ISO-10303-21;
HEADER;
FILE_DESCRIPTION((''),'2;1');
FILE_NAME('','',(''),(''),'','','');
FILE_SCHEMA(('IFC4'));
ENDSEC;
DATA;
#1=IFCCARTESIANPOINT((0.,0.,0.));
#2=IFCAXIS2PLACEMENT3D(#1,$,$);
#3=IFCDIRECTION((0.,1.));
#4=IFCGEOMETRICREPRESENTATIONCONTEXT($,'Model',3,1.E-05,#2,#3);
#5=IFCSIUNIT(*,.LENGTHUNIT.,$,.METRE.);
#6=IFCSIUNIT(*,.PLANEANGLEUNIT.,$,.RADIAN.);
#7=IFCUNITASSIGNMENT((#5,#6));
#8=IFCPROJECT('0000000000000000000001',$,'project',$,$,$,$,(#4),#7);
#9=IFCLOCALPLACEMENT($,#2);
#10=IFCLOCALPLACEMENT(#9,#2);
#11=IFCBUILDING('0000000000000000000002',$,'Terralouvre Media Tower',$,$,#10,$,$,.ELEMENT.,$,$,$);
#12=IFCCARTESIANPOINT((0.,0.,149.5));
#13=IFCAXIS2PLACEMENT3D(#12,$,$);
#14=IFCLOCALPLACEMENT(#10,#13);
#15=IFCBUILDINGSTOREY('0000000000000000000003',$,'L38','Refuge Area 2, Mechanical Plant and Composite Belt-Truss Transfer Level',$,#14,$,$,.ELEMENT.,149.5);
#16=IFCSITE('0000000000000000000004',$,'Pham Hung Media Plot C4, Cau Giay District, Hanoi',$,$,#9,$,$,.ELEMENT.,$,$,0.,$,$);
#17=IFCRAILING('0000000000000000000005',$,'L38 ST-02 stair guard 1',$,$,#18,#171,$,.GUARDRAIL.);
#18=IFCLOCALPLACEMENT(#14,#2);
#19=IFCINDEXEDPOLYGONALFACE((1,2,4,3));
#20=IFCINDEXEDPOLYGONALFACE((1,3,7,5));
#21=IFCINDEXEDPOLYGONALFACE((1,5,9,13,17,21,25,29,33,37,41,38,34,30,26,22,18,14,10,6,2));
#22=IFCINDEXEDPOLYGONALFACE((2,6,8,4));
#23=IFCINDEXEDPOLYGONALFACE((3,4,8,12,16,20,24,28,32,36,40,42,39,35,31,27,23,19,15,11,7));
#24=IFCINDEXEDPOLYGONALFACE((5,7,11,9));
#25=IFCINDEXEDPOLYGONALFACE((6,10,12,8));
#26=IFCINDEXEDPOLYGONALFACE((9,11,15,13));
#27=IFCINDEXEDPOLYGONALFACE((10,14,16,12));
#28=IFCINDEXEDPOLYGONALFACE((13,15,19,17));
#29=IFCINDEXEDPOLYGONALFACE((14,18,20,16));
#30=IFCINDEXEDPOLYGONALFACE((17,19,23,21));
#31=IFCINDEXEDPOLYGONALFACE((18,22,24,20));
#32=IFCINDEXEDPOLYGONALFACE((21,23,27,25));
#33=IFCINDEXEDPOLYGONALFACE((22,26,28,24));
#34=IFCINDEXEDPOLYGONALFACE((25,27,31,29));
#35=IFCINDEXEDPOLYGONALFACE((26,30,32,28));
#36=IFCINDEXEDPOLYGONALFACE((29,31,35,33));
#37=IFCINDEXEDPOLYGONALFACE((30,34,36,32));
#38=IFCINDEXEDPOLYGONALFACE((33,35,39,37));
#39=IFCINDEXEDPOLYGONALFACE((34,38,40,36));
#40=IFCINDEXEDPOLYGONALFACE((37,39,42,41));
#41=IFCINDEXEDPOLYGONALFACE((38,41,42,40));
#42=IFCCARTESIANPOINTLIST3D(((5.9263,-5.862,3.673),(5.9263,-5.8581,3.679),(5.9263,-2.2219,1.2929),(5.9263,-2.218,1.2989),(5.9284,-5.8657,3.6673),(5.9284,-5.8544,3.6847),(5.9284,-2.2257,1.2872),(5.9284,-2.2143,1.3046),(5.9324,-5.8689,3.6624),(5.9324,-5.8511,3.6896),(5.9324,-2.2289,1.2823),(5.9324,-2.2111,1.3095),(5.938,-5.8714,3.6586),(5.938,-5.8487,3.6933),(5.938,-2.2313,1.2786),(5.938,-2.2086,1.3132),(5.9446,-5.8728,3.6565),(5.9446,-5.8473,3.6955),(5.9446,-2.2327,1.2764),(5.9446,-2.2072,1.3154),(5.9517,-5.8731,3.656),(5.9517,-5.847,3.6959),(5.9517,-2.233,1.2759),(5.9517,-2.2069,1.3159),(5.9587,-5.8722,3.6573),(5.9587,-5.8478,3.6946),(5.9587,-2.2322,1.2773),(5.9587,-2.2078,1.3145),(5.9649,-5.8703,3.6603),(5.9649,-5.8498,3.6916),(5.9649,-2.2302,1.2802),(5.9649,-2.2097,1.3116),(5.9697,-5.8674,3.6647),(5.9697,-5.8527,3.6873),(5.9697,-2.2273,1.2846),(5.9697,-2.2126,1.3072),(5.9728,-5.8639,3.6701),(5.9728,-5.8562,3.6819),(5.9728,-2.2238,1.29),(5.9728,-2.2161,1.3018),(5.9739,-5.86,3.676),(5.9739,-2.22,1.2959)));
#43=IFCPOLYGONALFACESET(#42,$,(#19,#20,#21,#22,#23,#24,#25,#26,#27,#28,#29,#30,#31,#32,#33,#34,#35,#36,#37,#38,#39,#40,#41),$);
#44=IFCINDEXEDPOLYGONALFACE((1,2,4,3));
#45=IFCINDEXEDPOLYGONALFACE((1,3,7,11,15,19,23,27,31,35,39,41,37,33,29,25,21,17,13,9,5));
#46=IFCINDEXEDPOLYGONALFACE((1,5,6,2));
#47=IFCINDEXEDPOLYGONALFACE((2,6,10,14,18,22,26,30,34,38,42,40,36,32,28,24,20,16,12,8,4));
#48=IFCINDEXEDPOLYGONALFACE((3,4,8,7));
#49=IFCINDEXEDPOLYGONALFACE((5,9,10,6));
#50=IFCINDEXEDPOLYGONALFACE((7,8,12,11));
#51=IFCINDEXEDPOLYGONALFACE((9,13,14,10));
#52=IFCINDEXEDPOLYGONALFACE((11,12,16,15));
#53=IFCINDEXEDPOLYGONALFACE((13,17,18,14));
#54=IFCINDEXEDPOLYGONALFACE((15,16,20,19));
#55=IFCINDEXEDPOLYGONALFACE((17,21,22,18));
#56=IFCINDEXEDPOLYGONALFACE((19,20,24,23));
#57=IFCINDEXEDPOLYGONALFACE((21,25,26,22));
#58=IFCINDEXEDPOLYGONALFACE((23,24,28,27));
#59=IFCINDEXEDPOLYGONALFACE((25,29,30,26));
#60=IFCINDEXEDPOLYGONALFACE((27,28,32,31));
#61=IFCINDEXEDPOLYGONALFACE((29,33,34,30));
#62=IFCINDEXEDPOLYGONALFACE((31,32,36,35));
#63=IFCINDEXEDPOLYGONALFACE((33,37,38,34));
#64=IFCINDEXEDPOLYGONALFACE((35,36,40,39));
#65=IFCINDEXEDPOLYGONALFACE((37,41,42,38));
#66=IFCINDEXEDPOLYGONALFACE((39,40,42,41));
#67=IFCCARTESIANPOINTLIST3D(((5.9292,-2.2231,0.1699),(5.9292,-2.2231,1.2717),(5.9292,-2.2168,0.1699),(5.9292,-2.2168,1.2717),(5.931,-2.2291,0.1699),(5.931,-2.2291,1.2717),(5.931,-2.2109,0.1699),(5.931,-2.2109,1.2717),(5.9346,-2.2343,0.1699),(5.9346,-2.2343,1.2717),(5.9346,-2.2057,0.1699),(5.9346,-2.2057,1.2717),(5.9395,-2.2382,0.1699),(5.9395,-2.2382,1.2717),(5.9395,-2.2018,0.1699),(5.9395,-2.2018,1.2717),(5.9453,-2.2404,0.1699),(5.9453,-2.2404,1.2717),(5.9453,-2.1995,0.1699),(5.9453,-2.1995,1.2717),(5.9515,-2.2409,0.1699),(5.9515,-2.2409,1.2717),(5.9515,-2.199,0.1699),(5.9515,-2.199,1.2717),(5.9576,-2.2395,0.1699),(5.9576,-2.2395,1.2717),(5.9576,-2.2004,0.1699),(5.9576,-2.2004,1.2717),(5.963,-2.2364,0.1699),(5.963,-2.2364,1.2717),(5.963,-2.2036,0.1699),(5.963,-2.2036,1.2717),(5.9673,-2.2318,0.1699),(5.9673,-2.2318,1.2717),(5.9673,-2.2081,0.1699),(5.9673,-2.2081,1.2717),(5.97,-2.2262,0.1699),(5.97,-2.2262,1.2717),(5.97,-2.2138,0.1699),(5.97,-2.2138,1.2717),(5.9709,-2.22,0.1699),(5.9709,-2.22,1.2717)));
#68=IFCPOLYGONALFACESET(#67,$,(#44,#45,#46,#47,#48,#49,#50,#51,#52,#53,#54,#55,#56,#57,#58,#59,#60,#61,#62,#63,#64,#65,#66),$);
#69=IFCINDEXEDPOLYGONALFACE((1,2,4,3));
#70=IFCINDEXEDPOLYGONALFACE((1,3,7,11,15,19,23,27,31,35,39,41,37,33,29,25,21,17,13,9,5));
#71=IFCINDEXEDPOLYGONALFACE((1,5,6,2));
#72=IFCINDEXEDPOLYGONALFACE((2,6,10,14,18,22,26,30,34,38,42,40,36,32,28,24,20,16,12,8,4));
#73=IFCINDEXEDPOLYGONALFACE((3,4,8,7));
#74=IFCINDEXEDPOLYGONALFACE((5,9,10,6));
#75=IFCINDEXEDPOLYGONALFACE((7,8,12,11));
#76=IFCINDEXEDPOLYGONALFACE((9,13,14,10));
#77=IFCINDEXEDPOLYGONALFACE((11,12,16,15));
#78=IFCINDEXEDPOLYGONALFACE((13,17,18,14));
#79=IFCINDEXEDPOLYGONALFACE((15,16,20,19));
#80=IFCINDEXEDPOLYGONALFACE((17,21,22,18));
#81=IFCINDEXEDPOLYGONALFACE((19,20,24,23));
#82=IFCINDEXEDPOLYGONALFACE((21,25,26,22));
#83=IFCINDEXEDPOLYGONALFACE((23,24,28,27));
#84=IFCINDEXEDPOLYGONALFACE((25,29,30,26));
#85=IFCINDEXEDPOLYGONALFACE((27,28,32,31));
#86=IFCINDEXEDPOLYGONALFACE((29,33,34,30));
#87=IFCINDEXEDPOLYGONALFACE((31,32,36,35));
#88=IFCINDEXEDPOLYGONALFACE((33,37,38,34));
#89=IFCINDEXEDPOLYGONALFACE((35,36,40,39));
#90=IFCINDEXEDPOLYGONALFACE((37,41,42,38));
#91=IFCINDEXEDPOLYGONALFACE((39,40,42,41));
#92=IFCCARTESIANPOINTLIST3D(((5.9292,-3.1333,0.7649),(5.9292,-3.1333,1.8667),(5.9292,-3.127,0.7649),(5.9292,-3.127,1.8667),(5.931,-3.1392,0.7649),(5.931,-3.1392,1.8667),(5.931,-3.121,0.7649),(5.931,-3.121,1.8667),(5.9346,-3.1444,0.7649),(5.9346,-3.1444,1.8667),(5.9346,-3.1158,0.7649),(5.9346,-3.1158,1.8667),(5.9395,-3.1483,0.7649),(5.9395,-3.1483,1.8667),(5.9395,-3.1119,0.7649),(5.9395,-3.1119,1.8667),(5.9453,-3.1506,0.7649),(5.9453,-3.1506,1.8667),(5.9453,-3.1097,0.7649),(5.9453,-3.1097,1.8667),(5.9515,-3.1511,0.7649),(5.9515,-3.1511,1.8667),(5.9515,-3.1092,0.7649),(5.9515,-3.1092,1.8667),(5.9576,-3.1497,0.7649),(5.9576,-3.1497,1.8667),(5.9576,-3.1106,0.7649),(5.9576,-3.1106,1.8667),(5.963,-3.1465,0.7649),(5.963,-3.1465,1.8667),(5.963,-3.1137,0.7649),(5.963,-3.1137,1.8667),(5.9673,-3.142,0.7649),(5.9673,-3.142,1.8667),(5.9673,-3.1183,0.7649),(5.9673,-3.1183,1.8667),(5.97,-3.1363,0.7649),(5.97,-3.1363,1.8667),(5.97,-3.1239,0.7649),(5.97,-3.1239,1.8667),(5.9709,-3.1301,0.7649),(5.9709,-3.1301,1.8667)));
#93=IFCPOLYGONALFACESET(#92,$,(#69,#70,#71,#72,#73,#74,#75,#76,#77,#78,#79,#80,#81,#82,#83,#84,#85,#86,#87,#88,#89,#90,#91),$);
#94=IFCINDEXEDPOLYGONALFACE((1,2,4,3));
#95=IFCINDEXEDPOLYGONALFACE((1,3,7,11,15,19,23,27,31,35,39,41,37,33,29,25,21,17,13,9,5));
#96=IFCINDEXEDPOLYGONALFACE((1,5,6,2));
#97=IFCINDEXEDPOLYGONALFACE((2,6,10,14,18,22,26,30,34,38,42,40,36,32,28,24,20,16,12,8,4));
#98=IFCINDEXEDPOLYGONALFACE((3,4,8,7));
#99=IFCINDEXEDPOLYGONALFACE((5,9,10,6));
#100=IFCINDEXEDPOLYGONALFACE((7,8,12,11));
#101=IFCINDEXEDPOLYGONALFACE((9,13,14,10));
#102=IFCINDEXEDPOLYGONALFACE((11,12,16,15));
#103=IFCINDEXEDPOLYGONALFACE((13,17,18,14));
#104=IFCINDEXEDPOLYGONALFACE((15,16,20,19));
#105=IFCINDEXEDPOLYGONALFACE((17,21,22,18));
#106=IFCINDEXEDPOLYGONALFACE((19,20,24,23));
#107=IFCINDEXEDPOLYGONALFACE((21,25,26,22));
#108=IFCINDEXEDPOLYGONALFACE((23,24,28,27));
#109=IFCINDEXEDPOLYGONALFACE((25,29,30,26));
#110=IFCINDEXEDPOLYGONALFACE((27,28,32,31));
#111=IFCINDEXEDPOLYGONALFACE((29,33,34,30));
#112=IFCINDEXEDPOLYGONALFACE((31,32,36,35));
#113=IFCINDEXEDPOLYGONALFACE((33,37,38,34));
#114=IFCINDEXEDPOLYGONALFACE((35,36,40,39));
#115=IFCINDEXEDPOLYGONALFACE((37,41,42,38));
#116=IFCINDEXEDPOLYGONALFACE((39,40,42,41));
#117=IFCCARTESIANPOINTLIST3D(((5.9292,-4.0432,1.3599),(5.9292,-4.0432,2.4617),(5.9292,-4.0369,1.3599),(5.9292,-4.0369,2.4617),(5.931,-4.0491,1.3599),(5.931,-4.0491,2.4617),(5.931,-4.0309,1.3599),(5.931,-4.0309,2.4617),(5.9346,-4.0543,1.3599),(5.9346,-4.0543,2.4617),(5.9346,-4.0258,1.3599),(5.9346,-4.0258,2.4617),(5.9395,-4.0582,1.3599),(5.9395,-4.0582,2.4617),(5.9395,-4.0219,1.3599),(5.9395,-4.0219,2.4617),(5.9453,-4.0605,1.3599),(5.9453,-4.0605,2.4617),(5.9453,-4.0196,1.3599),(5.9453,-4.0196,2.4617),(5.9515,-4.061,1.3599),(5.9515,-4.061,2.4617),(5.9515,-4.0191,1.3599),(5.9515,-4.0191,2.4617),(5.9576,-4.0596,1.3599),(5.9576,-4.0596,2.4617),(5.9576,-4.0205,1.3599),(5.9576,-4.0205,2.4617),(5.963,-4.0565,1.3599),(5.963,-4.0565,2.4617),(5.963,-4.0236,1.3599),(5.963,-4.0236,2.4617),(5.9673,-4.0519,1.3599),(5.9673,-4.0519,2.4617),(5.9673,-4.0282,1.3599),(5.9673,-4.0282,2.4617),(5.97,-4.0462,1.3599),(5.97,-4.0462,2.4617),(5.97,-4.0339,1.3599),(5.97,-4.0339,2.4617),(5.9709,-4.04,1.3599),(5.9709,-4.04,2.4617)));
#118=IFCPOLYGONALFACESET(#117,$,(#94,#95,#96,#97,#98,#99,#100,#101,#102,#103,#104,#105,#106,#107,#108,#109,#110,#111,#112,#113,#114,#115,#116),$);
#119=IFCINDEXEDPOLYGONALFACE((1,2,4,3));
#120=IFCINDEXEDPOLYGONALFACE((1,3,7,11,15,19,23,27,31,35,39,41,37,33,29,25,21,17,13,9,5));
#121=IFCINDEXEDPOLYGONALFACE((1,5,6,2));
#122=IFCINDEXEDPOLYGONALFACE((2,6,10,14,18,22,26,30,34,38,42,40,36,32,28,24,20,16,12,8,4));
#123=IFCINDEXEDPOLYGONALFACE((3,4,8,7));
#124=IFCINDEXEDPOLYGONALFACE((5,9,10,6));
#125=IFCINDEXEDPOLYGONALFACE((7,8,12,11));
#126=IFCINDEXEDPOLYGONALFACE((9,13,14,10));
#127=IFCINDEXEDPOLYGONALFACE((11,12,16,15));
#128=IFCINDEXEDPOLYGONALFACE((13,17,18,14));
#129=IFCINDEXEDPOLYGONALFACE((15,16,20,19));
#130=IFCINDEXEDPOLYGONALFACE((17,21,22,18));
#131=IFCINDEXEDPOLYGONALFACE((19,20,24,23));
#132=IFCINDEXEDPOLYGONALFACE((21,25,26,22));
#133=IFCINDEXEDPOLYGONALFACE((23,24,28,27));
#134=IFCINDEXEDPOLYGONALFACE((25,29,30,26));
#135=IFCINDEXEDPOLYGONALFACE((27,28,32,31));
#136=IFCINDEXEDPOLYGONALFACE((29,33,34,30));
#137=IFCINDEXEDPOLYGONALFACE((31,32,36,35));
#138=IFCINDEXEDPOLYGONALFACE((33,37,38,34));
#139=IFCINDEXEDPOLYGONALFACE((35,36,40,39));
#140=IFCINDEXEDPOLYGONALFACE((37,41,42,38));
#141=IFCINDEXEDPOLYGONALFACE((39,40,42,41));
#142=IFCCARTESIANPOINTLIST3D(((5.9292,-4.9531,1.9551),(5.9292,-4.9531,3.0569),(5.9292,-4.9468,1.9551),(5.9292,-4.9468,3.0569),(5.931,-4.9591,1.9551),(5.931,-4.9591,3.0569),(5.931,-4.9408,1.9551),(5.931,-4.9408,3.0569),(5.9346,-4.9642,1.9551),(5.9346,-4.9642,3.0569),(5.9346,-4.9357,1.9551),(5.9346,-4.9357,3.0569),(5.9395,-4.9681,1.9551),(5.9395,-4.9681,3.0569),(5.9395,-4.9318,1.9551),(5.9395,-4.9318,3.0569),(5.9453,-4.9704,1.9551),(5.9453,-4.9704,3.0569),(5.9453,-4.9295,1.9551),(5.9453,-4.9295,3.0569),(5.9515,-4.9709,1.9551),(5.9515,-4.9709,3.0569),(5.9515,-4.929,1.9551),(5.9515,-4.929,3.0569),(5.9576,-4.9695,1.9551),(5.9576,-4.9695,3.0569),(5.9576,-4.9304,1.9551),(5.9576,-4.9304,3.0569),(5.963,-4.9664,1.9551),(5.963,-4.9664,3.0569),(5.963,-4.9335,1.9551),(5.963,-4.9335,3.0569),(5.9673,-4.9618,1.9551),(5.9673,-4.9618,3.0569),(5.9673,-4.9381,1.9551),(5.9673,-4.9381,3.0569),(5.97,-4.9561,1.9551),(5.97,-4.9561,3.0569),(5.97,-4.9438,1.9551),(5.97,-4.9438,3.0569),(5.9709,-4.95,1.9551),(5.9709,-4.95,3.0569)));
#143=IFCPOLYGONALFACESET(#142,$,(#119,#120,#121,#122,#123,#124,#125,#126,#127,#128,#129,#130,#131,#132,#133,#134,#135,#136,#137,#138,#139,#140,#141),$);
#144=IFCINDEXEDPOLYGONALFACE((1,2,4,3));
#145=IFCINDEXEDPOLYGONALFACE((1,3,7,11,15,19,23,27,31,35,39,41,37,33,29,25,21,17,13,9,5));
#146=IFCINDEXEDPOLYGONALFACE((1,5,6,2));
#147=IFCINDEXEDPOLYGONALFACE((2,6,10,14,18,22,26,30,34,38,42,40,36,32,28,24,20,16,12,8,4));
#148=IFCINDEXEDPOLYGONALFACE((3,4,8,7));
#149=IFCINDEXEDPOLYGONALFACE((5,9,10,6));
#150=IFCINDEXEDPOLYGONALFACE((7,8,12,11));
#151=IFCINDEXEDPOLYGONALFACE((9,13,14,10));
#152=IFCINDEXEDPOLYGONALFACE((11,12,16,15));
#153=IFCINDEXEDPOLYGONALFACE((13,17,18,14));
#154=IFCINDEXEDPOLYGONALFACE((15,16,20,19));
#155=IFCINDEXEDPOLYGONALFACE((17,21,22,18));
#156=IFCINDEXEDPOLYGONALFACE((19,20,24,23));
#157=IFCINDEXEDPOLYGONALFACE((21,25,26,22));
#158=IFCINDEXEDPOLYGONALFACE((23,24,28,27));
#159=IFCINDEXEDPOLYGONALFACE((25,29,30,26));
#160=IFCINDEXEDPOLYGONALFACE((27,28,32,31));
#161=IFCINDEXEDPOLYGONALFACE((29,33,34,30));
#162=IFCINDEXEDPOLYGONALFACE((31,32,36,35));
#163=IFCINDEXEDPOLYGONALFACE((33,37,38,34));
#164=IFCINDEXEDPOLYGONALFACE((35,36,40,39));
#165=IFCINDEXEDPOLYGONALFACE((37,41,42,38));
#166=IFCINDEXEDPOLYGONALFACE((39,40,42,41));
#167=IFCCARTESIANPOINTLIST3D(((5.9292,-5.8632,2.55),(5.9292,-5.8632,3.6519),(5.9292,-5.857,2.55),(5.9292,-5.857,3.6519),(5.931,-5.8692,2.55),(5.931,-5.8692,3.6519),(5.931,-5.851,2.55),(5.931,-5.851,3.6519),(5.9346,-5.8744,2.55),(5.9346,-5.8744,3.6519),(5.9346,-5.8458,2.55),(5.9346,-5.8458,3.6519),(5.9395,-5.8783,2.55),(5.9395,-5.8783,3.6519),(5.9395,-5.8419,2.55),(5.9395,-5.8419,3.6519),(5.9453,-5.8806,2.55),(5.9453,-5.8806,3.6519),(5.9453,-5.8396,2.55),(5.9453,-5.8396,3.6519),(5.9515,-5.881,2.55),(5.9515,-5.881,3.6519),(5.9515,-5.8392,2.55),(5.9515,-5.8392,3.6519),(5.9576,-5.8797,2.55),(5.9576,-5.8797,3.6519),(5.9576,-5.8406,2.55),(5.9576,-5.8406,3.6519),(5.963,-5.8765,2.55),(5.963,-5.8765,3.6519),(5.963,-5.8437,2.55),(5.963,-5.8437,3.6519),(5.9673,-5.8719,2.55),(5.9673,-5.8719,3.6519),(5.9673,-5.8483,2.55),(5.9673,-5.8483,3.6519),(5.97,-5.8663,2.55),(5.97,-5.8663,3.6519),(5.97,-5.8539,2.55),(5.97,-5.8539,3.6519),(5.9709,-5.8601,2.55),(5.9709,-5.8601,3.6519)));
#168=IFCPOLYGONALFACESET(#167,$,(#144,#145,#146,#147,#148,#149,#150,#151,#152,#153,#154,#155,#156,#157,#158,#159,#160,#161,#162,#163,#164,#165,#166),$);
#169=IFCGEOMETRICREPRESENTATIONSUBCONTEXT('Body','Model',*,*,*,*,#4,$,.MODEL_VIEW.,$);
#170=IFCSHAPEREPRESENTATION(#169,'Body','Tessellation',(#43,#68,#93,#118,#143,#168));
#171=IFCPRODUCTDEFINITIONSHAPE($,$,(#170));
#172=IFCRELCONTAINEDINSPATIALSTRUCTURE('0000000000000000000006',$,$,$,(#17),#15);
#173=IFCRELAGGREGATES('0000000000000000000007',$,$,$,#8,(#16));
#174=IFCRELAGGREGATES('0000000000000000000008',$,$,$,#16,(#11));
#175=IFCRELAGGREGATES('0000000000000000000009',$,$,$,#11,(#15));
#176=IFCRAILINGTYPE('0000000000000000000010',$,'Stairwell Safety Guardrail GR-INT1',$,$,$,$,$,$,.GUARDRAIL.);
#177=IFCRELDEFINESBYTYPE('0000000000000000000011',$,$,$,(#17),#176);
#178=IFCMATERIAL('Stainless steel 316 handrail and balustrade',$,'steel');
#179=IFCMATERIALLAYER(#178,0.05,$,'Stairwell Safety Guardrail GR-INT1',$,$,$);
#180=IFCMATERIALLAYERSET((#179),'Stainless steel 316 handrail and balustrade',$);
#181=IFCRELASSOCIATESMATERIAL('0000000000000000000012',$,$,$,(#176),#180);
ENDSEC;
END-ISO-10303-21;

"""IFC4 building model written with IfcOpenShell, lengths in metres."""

from ifc_helpers import new_model, si_unit, direction, frame, origin, origin_2d, place, context, subcontext, project, spatial, circle, extrude, material, layer, layer_set, type_object, element, save


model = new_model("IFC4")

# Units and contexts
model_context = context("Model", 3, precision=1e-05, world=origin(), true_north=direction((0.0, 1.0)))
body_context = subcontext(model_context, "Body", "Model", "MODEL_VIEW")
ifc_project = project(units=[si_unit("LENGTHUNIT", "METRE"), si_unit("PLANEANGLEUNIT", "RADIAN")], contexts=[model_context])

# Site, building, storey
site_placement = place(None, origin())
site = spatial("IfcSite", under=ifc_project, at=site_placement, Name="Pham Hung Media Plot C4, Cau Giay District, Hanoi", CompositionType="ELEMENT", RefElevation=0.0)
building_placement = place(site_placement, origin())
building = spatial("IfcBuilding", under=site, at=building_placement, Name="Terralouvre Media Tower", CompositionType="ELEMENT")
storey_placement = place(building_placement, frame((0.0, 0.0, 149.5)))
storey = spatial("IfcBuildingStorey", under=building, at=storey_placement, Name="L38", Description="Refuge Area 2, Mechanical Plant and Composite Belt-Truss Transfer Level", CompositionType="ELEMENT", Elevation=149.5)

# Railing
ifc_material_1 = material(Name="Stainless steel 316 handrail and balustrade", Category="steel")
ifc_layer_1 = layer(ifc_material_1, 0.05, Name="Stairwell Safety Guardrail GR-INT1")
ifc_layer_set_1 = layer_set([ifc_layer_1], Name="Stainless steel 316 handrail and balustrade")
railing_type_1 = type_object("IfcRailingType", Name="Stairwell Safety Guardrail GR-INT1", PredefinedType="GUARDRAIL", material=ifc_layer_set_1)
railing_1_placement = place(storey_placement, frame((5.95, -2.22, 0.1699)))
element("IfcRailing", 1, at=railing_1_placement, inside=storey, type_object=railing_type_1, Name="L38 ST-02 stair guard 1", PredefinedType="GUARDRAIL", context=body_context, shape_type="SweptSolid", body=[
    extrude(circle(Radius=0.0239, at=origin_2d()), frame((0.0, 0.0, 1.126), z_axis=(0.0, -0.836966, 0.547255), x_axis=(1.0, 0.0, 0.0)), (0.0, 0.0, 1.0), 4.3491),
    extrude(circle(Radius=0.021, at=origin_2d()), origin(), (0.0, 0.0, 1.0), 1.1018),
    extrude(circle(Radius=0.021, at=origin_2d()), frame((0.0, -0.9102, 0.595)), (0.0, 0.0, 1.0), 1.1018),
    extrude(circle(Radius=0.021, at=origin_2d()), frame((0.0, -1.8201, 1.1899)), (0.0, 0.0, 1.0), 1.1018),
    extrude(circle(Radius=0.021, at=origin_2d()), frame((0.0, -2.73, 1.7852)), (0.0, 0.0, 1.0), 1.1018),
    extrude(circle(Radius=0.021, at=origin_2d()), frame((0.0, -3.6401, 2.3801)), (0.0, 0.0, 1.0), 1.1018),
])

save(model, "model.ifc")
